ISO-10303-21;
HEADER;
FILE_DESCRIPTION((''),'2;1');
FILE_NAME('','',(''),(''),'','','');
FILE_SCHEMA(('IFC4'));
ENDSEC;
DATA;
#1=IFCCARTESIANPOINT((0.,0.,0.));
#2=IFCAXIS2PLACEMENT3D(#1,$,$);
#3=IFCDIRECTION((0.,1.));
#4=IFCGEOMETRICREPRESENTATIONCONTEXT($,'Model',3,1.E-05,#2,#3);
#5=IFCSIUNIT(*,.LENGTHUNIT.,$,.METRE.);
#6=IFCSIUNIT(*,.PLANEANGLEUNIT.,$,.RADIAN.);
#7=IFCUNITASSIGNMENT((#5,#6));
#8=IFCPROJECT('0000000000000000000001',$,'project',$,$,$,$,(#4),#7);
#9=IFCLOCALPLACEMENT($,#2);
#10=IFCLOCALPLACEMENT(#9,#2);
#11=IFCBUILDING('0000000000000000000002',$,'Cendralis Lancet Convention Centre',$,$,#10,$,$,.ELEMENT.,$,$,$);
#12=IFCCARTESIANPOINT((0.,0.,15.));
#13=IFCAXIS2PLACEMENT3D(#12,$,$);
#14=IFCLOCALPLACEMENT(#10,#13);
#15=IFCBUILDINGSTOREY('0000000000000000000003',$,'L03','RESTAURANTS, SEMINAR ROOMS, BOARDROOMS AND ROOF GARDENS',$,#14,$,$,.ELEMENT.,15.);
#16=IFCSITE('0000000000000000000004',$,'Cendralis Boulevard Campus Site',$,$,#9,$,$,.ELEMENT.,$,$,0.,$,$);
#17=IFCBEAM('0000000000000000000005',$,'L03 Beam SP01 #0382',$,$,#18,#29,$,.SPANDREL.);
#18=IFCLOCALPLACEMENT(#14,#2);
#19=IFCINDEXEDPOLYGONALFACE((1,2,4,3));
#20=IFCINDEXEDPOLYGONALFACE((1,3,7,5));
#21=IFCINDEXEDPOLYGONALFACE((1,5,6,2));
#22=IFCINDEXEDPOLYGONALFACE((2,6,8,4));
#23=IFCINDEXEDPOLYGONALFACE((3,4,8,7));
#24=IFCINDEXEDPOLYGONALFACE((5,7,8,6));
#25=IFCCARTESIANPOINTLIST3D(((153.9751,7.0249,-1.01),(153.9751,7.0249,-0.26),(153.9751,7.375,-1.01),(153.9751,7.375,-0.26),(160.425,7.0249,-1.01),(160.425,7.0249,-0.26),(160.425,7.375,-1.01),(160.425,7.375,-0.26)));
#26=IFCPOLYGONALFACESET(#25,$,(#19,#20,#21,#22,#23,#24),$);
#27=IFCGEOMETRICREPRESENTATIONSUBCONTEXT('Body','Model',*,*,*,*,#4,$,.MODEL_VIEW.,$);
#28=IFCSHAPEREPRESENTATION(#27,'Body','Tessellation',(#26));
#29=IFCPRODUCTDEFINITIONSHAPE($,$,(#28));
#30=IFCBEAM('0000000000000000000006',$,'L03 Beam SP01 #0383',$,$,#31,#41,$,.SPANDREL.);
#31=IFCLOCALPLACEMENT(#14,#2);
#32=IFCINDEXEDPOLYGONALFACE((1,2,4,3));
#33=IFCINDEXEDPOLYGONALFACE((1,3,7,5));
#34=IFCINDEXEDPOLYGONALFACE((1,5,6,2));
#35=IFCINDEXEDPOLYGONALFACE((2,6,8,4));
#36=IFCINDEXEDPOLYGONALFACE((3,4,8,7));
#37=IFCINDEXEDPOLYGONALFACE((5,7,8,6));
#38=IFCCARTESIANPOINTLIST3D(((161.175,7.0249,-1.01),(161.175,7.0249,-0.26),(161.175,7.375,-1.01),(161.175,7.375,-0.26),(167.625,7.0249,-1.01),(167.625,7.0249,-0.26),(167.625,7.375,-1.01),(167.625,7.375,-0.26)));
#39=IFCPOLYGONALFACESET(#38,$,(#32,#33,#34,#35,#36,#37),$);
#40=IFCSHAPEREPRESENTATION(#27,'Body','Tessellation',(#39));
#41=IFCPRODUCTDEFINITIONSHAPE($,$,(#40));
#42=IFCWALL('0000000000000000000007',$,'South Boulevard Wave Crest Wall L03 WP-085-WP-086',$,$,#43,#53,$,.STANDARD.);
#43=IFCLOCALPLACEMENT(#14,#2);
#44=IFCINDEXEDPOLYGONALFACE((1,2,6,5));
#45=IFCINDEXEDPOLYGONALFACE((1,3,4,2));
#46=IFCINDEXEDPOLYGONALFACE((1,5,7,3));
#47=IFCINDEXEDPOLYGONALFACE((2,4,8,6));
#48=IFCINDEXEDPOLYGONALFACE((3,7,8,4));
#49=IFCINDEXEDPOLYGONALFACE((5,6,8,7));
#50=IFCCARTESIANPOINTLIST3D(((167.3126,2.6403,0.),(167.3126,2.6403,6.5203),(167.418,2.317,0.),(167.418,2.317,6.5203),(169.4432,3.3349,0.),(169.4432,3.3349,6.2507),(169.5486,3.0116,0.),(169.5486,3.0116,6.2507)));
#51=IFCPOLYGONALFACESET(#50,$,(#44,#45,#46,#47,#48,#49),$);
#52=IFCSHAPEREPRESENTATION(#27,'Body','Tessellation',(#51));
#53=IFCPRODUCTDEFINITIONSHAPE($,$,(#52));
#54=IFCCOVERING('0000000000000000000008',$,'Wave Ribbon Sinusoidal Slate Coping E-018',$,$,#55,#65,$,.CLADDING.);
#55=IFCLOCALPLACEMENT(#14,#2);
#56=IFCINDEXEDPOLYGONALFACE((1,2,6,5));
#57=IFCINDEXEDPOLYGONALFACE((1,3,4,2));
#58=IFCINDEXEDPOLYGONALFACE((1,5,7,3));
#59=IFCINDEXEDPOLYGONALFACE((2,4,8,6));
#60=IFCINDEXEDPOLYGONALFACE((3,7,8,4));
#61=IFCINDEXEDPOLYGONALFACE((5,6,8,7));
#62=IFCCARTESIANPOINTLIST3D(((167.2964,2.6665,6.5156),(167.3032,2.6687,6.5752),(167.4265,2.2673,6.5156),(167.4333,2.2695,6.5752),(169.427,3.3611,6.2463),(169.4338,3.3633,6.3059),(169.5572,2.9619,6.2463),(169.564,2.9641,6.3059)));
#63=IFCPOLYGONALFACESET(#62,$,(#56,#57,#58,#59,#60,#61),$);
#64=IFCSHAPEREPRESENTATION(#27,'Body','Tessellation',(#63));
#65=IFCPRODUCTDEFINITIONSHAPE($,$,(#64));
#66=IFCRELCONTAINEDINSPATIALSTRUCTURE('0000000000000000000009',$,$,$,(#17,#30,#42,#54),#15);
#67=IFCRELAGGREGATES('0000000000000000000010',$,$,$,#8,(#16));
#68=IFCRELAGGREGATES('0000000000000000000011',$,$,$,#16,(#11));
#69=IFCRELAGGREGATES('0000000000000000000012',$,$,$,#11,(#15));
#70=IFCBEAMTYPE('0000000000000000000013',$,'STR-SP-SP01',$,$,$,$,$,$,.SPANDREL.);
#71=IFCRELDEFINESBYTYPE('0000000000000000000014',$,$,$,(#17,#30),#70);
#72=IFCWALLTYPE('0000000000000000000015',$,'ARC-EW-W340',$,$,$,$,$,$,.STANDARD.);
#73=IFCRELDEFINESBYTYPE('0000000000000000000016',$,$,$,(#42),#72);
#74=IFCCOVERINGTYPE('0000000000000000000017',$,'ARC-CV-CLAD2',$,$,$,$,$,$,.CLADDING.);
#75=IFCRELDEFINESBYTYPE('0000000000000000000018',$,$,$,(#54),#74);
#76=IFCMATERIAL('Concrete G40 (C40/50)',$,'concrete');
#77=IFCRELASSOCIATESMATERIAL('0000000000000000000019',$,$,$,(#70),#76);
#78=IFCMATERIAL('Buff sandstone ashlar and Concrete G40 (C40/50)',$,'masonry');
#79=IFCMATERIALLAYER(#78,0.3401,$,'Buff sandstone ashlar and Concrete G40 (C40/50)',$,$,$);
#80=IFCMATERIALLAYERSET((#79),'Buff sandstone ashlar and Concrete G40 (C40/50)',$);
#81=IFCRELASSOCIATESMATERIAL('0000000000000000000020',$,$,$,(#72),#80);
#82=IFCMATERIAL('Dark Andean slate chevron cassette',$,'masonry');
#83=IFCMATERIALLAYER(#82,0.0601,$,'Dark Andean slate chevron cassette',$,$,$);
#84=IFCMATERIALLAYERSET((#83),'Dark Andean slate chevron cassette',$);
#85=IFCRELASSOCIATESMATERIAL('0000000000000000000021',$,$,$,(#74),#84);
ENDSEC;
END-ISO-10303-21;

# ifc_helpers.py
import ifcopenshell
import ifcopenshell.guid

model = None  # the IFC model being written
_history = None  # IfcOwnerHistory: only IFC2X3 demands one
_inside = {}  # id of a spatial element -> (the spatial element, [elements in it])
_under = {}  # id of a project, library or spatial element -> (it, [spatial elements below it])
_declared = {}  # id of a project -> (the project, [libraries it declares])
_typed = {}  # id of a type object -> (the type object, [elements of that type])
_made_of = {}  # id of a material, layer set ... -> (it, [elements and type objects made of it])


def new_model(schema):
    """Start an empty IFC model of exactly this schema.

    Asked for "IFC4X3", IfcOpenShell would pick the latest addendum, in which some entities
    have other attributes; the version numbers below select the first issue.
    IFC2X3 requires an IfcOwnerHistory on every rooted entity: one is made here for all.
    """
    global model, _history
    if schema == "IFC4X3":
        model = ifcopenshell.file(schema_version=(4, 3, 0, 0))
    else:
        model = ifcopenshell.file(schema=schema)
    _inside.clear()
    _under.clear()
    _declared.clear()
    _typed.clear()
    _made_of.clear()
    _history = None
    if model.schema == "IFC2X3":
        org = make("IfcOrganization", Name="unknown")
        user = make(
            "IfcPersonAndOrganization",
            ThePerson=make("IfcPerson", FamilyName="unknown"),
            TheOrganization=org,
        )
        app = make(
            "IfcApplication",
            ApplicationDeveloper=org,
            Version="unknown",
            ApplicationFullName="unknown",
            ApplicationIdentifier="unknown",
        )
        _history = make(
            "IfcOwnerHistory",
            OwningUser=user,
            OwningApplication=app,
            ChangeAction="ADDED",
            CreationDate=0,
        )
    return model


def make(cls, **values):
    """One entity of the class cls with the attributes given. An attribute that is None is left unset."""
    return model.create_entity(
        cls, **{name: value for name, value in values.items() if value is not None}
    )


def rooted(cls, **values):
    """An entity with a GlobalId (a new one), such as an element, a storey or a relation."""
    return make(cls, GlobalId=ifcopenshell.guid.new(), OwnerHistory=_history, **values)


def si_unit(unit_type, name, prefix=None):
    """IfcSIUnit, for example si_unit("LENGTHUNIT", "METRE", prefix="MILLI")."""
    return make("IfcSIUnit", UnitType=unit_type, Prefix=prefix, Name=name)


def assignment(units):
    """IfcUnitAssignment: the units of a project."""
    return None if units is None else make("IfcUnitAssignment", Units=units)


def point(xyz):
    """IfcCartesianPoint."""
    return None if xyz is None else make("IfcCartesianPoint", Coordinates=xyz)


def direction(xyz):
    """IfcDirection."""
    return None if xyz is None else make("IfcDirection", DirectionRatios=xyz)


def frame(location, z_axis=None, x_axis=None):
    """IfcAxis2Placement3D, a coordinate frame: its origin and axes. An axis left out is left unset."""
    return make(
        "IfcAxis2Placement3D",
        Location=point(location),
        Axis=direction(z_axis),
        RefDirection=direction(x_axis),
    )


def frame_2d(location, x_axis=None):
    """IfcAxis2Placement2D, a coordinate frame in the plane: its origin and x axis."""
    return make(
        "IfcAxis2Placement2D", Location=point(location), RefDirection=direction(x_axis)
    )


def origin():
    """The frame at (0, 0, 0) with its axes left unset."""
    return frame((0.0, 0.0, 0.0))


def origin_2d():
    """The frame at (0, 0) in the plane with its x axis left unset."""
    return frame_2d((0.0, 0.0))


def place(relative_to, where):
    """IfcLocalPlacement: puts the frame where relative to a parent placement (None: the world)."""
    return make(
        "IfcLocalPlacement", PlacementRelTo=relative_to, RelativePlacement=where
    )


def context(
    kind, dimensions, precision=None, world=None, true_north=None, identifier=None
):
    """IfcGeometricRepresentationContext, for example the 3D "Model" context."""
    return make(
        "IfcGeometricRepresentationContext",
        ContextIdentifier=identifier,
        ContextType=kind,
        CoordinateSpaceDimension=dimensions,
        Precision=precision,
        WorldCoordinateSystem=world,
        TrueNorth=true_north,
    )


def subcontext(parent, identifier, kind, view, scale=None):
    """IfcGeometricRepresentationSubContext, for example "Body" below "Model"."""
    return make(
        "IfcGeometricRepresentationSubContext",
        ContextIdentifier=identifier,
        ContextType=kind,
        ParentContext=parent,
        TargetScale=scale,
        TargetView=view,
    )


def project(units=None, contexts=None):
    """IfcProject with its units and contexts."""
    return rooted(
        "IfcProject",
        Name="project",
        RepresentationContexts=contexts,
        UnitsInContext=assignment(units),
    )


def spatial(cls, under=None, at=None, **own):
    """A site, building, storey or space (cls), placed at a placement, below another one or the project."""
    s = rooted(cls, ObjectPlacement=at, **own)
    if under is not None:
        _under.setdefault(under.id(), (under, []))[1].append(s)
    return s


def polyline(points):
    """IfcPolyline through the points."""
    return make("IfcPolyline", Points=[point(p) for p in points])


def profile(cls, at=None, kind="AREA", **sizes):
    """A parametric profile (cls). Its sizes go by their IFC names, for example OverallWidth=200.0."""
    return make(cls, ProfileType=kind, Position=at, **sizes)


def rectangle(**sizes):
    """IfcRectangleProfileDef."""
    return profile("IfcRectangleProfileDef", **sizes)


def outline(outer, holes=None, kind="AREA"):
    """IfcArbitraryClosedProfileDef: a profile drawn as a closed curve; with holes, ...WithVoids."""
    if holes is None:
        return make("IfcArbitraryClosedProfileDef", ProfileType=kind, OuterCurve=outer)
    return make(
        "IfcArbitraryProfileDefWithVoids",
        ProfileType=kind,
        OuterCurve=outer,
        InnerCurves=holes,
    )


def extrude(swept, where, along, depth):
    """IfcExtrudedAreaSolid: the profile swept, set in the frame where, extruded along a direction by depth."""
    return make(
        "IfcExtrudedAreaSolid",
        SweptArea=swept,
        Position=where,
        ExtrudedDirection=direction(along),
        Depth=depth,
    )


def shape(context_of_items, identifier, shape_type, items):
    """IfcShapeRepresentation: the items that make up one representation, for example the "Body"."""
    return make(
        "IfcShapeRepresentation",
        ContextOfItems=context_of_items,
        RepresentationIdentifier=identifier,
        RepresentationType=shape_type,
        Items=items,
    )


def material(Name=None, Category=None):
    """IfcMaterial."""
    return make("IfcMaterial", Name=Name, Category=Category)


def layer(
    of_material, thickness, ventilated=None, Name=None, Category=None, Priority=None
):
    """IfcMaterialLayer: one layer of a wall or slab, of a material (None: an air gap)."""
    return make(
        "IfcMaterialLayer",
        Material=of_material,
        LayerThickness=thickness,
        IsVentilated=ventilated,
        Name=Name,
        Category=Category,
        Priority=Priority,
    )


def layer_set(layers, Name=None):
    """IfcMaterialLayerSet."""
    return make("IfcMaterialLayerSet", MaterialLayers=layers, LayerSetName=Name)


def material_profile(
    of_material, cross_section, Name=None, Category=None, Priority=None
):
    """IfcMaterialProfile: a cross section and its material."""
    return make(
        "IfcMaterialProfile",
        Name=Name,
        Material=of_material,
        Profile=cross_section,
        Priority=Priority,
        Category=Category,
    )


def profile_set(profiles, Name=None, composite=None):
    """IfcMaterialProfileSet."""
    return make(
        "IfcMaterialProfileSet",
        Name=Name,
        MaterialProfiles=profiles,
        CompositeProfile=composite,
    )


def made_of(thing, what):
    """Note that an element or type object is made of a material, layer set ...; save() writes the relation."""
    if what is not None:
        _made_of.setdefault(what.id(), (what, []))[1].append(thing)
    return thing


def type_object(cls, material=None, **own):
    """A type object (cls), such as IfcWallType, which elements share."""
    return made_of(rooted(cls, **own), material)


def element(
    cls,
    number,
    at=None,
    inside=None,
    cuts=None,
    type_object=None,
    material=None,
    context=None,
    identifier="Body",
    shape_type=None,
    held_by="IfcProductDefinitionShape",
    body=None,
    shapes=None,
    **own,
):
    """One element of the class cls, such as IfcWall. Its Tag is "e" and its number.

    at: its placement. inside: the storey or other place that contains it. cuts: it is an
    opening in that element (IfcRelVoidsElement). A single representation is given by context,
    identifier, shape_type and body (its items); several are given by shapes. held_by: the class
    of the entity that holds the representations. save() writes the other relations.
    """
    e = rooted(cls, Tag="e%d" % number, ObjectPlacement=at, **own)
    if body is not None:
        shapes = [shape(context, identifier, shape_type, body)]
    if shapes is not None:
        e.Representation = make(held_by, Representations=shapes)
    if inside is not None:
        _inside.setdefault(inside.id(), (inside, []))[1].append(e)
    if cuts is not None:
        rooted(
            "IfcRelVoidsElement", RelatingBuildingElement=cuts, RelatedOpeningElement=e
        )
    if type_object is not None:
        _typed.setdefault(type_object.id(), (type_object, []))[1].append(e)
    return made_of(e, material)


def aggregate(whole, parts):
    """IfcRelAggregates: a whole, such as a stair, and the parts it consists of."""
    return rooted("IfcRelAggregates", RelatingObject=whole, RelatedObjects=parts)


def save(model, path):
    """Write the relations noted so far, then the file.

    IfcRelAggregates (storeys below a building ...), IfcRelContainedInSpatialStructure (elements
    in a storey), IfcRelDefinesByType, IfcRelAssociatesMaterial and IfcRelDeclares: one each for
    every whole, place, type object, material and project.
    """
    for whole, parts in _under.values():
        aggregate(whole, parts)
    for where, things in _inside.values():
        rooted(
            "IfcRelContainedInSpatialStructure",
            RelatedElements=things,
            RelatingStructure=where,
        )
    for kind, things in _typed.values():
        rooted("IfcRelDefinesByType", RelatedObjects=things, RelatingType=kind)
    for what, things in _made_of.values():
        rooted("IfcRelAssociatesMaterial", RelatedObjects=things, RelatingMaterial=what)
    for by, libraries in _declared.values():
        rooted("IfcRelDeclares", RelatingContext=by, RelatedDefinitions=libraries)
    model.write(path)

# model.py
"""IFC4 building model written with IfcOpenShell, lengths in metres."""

from ifc_helpers import new_model, si_unit, direction, frame, origin, origin_2d, place, context, subcontext, project, spatial, polyline, rectangle, outline, extrude, material, layer, layer_set, material_profile, profile_set, type_object, element, save


model = new_model("IFC4")

# Units and contexts
model_context = context("Model", 3, precision=1e-05, world=origin(), true_north=direction((0.0, 1.0)))
body_context = subcontext(model_context, "Body", "Model", "MODEL_VIEW")
ifc_project = project(units=[si_unit("LENGTHUNIT", "METRE"), si_unit("PLANEANGLEUNIT", "RADIAN")], contexts=[model_context])

# Site, building, storey
site_placement = place(None, origin())
site = spatial("IfcSite", under=ifc_project, at=site_placement, Name="Cendralis Boulevard Campus Site", CompositionType="ELEMENT", RefElevation=0.0)
building_placement = place(site_placement, origin())
building = spatial("IfcBuilding", under=site, at=building_placement, Name="Cendralis Lancet Convention Centre", CompositionType="ELEMENT")
storey_placement = place(building_placement, frame((0.0, 0.0, 15.0)))
storey = spatial("IfcBuildingStorey", under=building, at=storey_placement, Name="L03", Description="RESTAURANTS, SEMINAR ROOMS, BOARDROOMS AND ROOF GARDENS", CompositionType="ELEMENT", Elevation=15.0)

# Shared definitions
ifc_material_1 = material(Name="Concrete G40 (C40/50)", Category="concrete")

# Beams
ifc_material_profile_1 = material_profile(ifc_material_1, rectangle(XDim=0.3501, YDim=0.75, at=origin_2d()), Name="RCB 350x750")
ifc_profile_set_1 = profile_set([ifc_material_profile_1], Name="Concrete G40 (C40/50)")
beam_type_1 = type_object("IfcBeamType", Name="STR-SP-SP01", PredefinedType="SPANDREL", material=ifc_profile_set_1)
for number, where, z_axis, x_axis, name in (
    (1, (153.9751, 7.2, -0.635), (1.0, 0.0, 0.0), (0.0, 1.0, 0.0), "L03 Beam SP01 #0382"),
    (2, (161.175, 7.2, -0.635), (1.0, 0.0, 0.0), (0.0, 1.0, 0.0), "L03 Beam SP01 #0383"),
):
    element("IfcBeam", number, at=place(storey_placement, frame(where, z_axis=z_axis, x_axis=x_axis)), inside=storey, type_object=beam_type_1, Name=name, PredefinedType="SPANDREL", context=body_context, shape_type="SweptSolid", body=[
        extrude(rectangle(XDim=0.3501, YDim=0.75, at=origin_2d()), origin(), (0.0, 0.0, 1.0), 6.45),
    ])

# Wall
ifc_material_2 = material(Name="Buff sandstone ashlar and Concrete G40 (C40/50)", Category="masonry")
ifc_layer_1 = layer(ifc_material_2, 0.3401, Name="Buff sandstone ashlar and Concrete G40 (C40/50)")
ifc_layer_set_1 = layer_set([ifc_layer_1], Name="Buff sandstone ashlar and Concrete G40 (C40/50)")
wall_type = type_object("IfcWallType", Name="ARC-EW-W340", PredefinedType="STANDARD", material=ifc_layer_set_1)
wall_placement = place(storey_placement, frame((167.3652, 2.4788, 0.0), z_axis=(0.0, 0.0, 1.0), x_axis=(0.950754, 0.309946, 0.0)))
element("IfcWall", 3, at=wall_placement, inside=storey, type_object=wall_type, Name="South Boulevard Wave Crest Wall L03 WP-085-WP-086", PredefinedType="STANDARD", context=body_context, shape_type="SweptSolid", body=[
    extrude(outline(polyline([(0.0, 0.0), (2.241, 0.0), (2.241, 6.2507), (0.0, 6.5203), (0.0, 0.0)])), frame((0.0, 0.1699, 0.0), z_axis=(0.0, -1.0, 0.0), x_axis=(1.0, 0.0, 0.0)), (0.0, 0.0, 1.0), 0.3401),
])

# Covering
ifc_material_3 = material(Name="Dark Andean slate chevron cassette", Category="masonry")
ifc_layer_2 = layer(ifc_material_3, 0.0601, Name="Dark Andean slate chevron cassette")
ifc_layer_set_2 = layer_set([ifc_layer_2], Name="Dark Andean slate chevron cassette")
covering_type = type_object("IfcCoveringType", Name="ARC-CV-CLAD2", PredefinedType="CLADDING", material=ifc_layer_set_2)
covering_placement = place(storey_placement, frame((167.4333, 2.2695, 6.5752), z_axis=(0.113432, 0.036978, 0.992857), x_axis=(0.943963, 0.307732, -0.119307)))
element("IfcCovering", 4, at=covering_placement, inside=storey, type_object=covering_type, Name="Wave Ribbon Sinusoidal Slate Coping E-018", PredefinedType="CLADDING", context=body_context, shape_type="SweptSolid", body=[
    extrude(outline(polyline([(0.0, 0.0), (2.2571, 0.0), (2.2571, 0.4198), (0.0, 0.4198), (0.0, 0.0)])), origin(), (0.0, 0.0, -1.0), 0.0601),
])

save(model, "model.ifc")
